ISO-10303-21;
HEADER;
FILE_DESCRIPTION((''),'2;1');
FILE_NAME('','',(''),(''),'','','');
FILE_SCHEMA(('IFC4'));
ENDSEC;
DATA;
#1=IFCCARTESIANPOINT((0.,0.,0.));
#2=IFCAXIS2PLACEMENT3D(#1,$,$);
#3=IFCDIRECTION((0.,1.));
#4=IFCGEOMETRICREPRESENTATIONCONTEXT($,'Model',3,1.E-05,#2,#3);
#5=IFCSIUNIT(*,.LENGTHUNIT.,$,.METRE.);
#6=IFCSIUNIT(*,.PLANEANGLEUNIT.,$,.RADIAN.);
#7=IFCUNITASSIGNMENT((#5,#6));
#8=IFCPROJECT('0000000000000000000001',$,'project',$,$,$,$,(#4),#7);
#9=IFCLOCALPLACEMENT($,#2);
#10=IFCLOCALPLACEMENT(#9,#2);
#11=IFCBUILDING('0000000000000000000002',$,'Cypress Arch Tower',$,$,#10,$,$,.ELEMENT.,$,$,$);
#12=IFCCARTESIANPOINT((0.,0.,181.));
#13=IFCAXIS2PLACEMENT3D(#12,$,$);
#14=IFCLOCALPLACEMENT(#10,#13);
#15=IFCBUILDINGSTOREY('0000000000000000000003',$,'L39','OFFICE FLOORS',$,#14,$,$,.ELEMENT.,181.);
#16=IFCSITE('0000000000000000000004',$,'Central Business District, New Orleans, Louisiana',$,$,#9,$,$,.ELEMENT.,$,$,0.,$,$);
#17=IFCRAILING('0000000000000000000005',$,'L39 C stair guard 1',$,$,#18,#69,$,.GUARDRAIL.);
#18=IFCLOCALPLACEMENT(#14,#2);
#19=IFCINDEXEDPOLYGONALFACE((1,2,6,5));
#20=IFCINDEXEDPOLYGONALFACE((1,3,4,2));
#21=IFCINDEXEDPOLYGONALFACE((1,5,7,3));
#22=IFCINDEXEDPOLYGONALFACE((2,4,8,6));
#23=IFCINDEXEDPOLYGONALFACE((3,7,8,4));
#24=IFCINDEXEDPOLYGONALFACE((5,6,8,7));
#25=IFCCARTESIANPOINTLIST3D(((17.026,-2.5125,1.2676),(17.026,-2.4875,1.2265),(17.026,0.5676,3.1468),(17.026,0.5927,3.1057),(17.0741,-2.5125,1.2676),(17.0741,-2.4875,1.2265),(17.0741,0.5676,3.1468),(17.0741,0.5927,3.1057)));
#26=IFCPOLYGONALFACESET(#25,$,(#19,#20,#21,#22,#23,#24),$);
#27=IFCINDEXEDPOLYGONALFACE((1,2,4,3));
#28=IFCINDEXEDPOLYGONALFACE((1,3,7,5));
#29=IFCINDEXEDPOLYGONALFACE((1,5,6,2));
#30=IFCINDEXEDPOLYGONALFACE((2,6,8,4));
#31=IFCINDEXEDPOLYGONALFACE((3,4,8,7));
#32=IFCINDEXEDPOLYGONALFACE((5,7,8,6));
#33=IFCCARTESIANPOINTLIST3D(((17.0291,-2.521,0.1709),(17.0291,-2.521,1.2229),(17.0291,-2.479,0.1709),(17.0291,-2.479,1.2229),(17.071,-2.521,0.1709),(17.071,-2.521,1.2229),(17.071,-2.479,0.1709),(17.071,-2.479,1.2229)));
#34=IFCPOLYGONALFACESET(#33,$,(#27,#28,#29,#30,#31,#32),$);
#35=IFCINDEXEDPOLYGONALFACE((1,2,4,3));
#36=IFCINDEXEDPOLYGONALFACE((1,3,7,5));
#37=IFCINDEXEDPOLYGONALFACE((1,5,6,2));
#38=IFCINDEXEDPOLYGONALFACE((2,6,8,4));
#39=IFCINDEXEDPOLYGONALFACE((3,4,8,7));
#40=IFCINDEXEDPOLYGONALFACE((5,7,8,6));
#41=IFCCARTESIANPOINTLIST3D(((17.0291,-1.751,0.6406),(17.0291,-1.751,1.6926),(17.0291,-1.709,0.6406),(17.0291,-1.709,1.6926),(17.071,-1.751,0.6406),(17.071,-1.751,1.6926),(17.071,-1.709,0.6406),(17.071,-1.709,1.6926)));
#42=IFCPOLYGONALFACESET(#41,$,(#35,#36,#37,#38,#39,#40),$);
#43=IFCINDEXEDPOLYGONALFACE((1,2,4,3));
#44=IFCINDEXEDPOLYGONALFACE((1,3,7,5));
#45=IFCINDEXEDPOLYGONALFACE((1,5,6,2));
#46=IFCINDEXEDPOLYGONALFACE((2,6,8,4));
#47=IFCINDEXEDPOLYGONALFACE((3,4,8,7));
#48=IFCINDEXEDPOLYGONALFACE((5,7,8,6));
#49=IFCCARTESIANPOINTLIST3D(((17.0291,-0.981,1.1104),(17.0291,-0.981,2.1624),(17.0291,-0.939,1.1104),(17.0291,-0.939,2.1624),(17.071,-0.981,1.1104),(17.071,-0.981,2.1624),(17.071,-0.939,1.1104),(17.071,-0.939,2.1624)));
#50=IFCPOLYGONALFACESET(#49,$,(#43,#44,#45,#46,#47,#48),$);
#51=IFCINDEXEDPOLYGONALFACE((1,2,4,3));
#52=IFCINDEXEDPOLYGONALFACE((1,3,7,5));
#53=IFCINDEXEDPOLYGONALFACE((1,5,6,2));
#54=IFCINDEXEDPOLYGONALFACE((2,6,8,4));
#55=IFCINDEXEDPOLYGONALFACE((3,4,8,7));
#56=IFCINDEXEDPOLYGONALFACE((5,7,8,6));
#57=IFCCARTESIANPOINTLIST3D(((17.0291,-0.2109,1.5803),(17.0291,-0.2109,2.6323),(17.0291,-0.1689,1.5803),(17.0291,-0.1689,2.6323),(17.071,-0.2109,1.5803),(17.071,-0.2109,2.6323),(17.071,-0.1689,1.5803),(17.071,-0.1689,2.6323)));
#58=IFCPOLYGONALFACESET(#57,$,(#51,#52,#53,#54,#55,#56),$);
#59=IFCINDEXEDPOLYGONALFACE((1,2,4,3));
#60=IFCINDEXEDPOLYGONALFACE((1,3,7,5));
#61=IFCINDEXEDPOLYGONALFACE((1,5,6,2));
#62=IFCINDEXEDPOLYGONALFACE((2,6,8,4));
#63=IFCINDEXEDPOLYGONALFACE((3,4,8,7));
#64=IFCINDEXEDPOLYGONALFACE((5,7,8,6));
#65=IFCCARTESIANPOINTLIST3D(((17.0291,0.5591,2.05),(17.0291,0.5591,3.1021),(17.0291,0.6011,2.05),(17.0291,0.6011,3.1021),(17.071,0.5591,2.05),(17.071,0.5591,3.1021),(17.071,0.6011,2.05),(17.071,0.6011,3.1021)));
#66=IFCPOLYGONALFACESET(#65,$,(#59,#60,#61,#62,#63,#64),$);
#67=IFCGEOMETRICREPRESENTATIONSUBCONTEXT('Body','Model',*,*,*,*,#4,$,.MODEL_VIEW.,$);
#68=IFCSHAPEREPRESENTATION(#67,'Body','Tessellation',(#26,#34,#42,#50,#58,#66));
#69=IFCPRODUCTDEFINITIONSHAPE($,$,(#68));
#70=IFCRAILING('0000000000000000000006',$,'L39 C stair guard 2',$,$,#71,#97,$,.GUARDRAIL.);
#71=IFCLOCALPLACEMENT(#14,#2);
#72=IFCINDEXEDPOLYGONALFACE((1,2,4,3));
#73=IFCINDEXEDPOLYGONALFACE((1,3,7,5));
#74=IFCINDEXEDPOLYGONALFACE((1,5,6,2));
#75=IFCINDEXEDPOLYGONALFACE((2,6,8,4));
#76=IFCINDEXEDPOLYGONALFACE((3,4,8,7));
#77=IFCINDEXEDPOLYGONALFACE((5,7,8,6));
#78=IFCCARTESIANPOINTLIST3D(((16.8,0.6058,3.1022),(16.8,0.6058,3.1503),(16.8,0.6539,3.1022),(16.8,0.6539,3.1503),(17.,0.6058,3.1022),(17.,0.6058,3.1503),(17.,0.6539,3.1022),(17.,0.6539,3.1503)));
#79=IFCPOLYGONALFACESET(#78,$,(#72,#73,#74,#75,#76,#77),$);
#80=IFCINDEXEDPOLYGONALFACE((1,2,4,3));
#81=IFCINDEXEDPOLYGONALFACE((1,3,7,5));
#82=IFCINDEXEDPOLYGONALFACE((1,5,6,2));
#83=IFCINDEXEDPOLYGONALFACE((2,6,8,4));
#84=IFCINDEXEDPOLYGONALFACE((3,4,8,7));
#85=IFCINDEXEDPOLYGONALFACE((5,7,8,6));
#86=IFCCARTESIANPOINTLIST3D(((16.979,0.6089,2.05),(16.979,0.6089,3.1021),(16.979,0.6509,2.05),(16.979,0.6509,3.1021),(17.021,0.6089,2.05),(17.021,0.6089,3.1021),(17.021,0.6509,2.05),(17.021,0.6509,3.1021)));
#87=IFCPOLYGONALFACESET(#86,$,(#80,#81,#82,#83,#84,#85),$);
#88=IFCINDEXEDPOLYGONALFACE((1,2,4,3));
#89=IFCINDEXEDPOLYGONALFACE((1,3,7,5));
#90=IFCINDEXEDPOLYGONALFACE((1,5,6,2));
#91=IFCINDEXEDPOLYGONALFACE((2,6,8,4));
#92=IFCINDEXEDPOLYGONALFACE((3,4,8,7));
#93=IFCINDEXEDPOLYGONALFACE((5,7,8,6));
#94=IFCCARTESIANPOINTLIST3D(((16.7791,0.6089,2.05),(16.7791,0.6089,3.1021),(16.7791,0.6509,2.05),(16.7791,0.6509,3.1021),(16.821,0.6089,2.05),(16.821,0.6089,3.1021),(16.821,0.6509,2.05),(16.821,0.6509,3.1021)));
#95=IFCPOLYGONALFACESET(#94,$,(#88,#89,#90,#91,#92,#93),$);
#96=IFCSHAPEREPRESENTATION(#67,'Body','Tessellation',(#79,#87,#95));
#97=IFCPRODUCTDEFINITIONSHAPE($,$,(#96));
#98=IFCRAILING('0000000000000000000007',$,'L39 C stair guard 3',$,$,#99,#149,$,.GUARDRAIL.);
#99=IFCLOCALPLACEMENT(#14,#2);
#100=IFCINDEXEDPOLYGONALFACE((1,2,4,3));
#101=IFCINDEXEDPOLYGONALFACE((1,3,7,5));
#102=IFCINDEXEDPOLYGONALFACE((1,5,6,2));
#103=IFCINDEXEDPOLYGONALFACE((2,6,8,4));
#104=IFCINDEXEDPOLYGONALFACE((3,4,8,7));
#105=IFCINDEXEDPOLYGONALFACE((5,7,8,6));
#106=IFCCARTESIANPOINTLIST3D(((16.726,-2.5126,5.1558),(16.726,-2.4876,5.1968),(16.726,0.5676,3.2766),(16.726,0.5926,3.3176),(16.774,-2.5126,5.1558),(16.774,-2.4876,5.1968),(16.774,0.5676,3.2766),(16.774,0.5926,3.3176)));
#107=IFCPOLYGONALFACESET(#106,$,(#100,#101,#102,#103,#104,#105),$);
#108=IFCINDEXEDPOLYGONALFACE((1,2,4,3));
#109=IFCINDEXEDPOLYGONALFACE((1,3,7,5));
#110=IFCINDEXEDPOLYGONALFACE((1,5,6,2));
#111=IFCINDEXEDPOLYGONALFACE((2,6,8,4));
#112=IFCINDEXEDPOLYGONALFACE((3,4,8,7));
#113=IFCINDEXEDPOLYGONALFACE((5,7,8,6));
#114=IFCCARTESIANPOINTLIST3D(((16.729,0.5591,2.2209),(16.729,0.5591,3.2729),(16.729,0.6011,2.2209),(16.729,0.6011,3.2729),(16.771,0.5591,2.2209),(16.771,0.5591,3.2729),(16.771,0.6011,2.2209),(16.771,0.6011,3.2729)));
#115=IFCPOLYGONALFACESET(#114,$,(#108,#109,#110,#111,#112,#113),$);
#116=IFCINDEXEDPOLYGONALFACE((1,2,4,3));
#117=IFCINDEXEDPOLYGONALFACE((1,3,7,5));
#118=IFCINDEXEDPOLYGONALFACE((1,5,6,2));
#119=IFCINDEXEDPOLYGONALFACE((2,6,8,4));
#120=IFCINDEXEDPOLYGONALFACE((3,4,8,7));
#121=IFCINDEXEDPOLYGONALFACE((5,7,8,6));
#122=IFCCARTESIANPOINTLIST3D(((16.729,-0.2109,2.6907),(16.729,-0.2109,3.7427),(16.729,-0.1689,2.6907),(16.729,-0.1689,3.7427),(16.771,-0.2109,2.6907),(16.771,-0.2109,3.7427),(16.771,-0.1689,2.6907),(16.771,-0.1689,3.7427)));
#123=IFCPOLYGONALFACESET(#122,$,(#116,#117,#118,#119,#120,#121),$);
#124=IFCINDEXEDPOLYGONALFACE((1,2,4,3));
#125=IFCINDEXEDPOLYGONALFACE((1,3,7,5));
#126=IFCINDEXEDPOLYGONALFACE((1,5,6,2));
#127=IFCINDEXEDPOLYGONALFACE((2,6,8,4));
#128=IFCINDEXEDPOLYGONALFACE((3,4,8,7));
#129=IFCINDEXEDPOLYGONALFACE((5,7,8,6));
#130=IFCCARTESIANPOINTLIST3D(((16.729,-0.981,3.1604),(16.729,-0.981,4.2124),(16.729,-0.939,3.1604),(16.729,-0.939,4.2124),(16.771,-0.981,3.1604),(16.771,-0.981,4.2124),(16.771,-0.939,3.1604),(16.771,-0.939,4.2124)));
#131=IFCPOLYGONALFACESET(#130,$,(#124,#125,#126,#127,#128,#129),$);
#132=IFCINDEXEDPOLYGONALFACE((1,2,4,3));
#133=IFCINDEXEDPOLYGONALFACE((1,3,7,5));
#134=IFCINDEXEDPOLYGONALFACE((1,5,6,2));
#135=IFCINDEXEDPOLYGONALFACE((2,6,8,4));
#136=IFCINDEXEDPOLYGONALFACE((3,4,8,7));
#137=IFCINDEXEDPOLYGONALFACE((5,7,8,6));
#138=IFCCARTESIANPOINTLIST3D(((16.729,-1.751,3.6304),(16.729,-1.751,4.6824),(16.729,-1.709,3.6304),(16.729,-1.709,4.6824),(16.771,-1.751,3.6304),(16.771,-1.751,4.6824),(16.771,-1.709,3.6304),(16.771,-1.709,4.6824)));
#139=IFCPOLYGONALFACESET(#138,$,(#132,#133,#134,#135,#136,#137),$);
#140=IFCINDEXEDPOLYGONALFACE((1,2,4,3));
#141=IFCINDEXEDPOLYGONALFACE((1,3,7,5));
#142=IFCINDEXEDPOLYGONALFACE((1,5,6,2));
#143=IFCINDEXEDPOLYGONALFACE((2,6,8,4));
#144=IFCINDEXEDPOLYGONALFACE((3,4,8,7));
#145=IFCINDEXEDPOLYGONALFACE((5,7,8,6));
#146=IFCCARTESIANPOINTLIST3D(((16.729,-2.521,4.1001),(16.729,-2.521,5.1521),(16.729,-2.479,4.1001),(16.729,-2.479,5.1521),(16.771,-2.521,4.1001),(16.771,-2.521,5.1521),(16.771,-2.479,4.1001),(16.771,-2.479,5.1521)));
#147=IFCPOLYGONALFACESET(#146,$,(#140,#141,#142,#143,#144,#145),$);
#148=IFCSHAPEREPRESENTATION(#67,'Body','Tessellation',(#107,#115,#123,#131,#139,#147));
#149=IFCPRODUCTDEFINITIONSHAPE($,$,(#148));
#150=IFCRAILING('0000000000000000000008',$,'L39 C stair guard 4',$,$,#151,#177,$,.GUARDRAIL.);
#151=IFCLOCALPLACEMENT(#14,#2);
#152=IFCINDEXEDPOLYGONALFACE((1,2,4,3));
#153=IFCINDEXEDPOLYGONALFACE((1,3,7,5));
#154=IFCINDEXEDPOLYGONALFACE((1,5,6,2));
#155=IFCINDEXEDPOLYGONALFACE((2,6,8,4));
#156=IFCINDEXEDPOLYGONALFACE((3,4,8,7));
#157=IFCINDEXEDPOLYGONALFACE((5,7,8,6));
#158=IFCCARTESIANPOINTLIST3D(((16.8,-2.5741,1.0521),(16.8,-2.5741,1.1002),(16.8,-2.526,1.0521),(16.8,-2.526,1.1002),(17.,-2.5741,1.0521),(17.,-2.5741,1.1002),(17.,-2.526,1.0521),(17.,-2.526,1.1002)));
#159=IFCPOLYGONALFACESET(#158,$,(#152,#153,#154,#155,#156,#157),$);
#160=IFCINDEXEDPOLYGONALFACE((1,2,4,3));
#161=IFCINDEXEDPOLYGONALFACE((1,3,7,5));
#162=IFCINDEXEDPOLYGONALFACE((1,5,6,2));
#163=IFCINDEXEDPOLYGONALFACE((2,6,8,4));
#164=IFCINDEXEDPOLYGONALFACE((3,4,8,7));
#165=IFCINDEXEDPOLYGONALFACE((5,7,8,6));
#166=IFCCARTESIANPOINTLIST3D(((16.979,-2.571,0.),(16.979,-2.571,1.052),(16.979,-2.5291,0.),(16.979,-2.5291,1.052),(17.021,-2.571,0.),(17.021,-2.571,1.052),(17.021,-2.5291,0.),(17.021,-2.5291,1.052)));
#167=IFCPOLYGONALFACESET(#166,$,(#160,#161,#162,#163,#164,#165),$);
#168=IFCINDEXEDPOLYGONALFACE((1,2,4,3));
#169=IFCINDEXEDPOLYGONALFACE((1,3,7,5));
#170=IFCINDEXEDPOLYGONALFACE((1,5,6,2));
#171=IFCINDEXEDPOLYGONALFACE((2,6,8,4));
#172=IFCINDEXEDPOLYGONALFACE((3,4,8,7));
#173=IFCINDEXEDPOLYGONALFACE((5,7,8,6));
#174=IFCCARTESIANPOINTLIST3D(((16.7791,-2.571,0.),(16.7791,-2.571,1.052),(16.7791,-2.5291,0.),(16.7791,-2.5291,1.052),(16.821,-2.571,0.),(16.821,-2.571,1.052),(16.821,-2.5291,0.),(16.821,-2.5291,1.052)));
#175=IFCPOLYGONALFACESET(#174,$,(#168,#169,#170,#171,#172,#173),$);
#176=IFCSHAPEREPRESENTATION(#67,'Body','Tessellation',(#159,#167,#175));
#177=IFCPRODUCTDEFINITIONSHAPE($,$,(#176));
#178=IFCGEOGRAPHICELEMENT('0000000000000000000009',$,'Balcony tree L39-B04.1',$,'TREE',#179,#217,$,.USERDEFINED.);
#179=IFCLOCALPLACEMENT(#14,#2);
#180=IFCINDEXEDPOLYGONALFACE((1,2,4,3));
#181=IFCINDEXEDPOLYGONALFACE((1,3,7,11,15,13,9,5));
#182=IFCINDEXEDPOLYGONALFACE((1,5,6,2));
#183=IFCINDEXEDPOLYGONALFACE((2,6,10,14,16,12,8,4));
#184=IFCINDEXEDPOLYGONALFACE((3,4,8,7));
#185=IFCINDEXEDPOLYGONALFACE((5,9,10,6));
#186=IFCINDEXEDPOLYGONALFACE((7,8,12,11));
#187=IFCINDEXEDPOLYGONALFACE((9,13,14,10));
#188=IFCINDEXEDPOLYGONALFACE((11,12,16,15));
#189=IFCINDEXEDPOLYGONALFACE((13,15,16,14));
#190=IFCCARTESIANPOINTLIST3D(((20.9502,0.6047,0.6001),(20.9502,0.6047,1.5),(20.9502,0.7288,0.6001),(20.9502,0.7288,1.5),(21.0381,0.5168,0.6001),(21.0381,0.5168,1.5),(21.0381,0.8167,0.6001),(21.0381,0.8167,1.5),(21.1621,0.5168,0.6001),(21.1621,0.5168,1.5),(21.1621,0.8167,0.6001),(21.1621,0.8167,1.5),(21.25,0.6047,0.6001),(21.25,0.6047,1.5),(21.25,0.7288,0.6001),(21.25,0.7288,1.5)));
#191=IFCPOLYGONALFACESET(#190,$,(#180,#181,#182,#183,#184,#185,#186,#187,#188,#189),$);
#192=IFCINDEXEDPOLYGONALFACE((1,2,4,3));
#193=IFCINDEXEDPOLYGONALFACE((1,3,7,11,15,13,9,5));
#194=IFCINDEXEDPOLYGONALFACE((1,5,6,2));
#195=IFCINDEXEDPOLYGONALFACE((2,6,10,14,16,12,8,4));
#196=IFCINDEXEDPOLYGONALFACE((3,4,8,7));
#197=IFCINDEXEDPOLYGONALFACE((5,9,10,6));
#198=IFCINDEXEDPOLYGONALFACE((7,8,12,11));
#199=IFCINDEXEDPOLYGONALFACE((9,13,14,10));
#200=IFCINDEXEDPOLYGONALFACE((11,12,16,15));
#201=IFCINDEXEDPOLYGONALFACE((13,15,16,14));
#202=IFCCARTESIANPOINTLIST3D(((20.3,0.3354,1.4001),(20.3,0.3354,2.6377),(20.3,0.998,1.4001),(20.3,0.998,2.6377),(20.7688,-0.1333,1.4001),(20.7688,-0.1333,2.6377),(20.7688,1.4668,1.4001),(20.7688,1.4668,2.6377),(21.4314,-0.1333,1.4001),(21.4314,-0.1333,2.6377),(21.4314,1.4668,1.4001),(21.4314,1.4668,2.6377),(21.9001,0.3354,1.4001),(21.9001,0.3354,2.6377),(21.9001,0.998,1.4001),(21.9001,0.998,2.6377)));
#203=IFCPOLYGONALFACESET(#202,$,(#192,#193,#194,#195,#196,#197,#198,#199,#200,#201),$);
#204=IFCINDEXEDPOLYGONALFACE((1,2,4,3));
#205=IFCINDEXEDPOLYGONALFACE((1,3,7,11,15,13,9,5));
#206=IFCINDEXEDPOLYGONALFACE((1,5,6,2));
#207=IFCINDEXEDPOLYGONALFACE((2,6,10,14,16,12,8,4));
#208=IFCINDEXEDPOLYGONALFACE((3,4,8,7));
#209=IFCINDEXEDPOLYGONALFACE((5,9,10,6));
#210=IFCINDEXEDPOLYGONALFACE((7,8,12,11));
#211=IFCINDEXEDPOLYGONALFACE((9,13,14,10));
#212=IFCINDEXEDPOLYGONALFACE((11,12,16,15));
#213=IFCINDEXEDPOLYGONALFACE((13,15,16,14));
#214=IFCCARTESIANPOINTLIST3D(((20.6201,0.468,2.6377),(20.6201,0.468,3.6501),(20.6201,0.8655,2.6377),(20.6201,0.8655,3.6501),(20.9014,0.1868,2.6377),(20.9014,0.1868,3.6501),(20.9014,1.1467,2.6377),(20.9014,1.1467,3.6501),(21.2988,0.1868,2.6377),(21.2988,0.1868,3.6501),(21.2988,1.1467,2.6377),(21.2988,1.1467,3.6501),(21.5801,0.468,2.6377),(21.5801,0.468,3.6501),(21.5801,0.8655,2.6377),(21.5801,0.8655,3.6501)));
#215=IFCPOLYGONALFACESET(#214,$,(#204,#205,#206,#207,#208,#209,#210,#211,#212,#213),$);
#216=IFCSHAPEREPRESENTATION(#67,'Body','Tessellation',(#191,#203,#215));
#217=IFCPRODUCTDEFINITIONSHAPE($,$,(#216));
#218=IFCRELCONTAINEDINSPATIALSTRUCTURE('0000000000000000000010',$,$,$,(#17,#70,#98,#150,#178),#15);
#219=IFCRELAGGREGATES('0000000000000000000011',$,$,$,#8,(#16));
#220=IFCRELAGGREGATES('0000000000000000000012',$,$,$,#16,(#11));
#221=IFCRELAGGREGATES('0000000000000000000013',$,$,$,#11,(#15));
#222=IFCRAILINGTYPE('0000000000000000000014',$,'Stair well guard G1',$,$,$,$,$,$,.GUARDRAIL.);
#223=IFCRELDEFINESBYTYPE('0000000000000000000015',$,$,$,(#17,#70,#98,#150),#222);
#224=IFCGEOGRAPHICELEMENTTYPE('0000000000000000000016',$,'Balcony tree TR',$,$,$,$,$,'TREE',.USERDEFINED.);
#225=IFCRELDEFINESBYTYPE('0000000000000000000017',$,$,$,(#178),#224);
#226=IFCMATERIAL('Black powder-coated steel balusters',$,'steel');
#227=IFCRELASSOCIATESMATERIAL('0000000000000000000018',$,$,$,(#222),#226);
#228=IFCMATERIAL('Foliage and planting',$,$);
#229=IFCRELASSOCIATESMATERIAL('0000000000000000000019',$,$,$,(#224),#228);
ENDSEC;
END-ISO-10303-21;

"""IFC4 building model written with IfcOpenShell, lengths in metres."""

from ifc_helpers import new_model, si_unit, direction, frame, origin, origin_2d, place, context, subcontext, project, spatial, polyline, rectangle, outline, extrude, material, type_object, element, save


model = new_model("IFC4")

# Units and contexts
model_context = context("Model", 3, precision=1e-05, world=origin(), true_north=direction((0.0, 1.0)))
body_context = subcontext(model_context, "Body", "Model", "MODEL_VIEW")
ifc_project = project(units=[si_unit("LENGTHUNIT", "METRE"), si_unit("PLANEANGLEUNIT", "RADIAN")], contexts=[model_context])

# Site, building, storey
site_placement = place(None, origin())
site = spatial("IfcSite", under=ifc_project, at=site_placement, Name="Central Business District, New Orleans, Louisiana", CompositionType="ELEMENT", RefElevation=0.0)
building_placement = place(site_placement, origin())
building = spatial("IfcBuilding", under=site, at=building_placement, Name="Cypress Arch Tower", CompositionType="ELEMENT")
storey_placement = place(building_placement, frame((0.0, 0.0, 181.0)))
storey = spatial("IfcBuildingStorey", under=building, at=storey_placement, Name="L39", Description="OFFICE FLOORS", CompositionType="ELEMENT", Elevation=181.0)

# Railings
ifc_material_1 = material(Name="Black powder-coated steel balusters", Category="steel")
railing_type_1 = type_object("IfcRailingType", Name="Stair well guard G1", PredefinedType="GUARDRAIL", material=ifc_material_1)
railing_1_placement = place(storey_placement, frame((17.05, -2.5, 0.1709)))
element("IfcRailing", 1, at=railing_1_placement, inside=storey, type_object=railing_type_1, Name="L39 C stair guard 1", PredefinedType="GUARDRAIL", context=body_context, shape_type="SweptSolid", body=[
    extrude(rectangle(XDim=0.0481, YDim=0.0481, at=origin_2d()), frame((0.0, 0.0, 1.0762), z_axis=(0.0, 0.853666, 0.52082), x_axis=(-1.0, 0.0, 0.0)), (0.0, 0.0, 1.0), 3.6082),
    extrude(rectangle(XDim=0.042, YDim=0.042, at=origin_2d()), origin(), (0.0, 0.0, 1.0), 1.052),
    extrude(rectangle(XDim=0.042, YDim=0.042, at=origin_2d()), frame((0.0, 0.77, 0.4697)), (0.0, 0.0, 1.0), 1.052),
    extrude(rectangle(XDim=0.042, YDim=0.042, at=origin_2d()), frame((0.0, 1.54, 0.9395)), (0.0, 0.0, 1.0), 1.052),
    extrude(rectangle(XDim=0.042, YDim=0.042, at=origin_2d()), frame((0.0, 2.3101, 1.4094)), (0.0, 0.0, 1.0), 1.052),
    extrude(rectangle(XDim=0.042, YDim=0.042, at=origin_2d()), frame((0.0, 3.0801, 1.8792)), (0.0, 0.0, 1.0), 1.052),
])
railing_2_placement = place(storey_placement, frame((17.0, 0.6299, 2.05)))
element("IfcRailing", 2, at=railing_2_placement, inside=storey, type_object=railing_type_1, Name="L39 C stair guard 2", PredefinedType="GUARDRAIL", context=body_context, shape_type="SweptSolid", body=[
    extrude(rectangle(XDim=0.0481, YDim=0.0481, at=origin_2d()), frame((0.0, 0.0, 1.0762), z_axis=(-1.0, 0.0, 0.0), x_axis=(0.0, -1.0, 0.0)), (0.0, 0.0, 1.0), 0.2),
    extrude(rectangle(XDim=0.042, YDim=0.042, at=origin_2d()), origin(), (0.0, 0.0, 1.0), 1.052),
    extrude(rectangle(XDim=0.042, YDim=0.042, at=origin_2d()), frame((-0.2, 0.0, 0.0)), (0.0, 0.0, 1.0), 1.052),
])
railing_3_placement = place(storey_placement, frame((16.75, 0.5801, 2.2209)))
element("IfcRailing", 3, at=railing_3_placement, inside=storey, type_object=railing_type_1, Name="L39 C stair guard 3", PredefinedType="GUARDRAIL", context=body_context, shape_type="SweptSolid", body=[
    extrude(rectangle(XDim=0.0481, YDim=0.0481, at=origin_2d()), frame((0.0, 0.0, 1.0762), z_axis=(0.0, -0.853666, 0.52082), x_axis=(1.0, 0.0, 0.0)), (0.0, 0.0, 1.0), 3.6082),
    extrude(rectangle(XDim=0.042, YDim=0.042, at=origin_2d()), origin(), (0.0, 0.0, 1.0), 1.052),
    extrude(rectangle(XDim=0.042, YDim=0.042, at=origin_2d()), frame((0.0, -0.77, 0.4697)), (0.0, 0.0, 1.0), 1.052),
    extrude(rectangle(XDim=0.042, YDim=0.042, at=origin_2d()), frame((0.0, -1.54, 0.9395)), (0.0, 0.0, 1.0), 1.052),
    extrude(rectangle(XDim=0.042, YDim=0.042, at=origin_2d()), frame((0.0, -2.3101, 1.4094)), (0.0, 0.0, 1.0), 1.052),
    extrude(rectangle(XDim=0.042, YDim=0.042, at=origin_2d()), frame((0.0, -3.0801, 1.8792)), (0.0, 0.0, 1.0), 1.052),
])
railing_4_placement = place(storey_placement, frame((17.0, -2.55, 0.0)))
element("IfcRailing", 4, at=railing_4_placement, inside=storey, type_object=railing_type_1, Name="L39 C stair guard 4", PredefinedType="GUARDRAIL", context=body_context, shape_type="SweptSolid", body=[
    extrude(rectangle(XDim=0.0481, YDim=0.0481, at=origin_2d()), frame((0.0, 0.0, 1.0762), z_axis=(-1.0, 0.0, 0.0), x_axis=(0.0, -1.0, 0.0)), (0.0, 0.0, 1.0), 0.2),
    extrude(rectangle(XDim=0.042, YDim=0.042, at=origin_2d()), origin(), (0.0, 0.0, 1.0), 1.052),
    extrude(rectangle(XDim=0.042, YDim=0.042, at=origin_2d()), frame((-0.2, 0.0, 0.0)), (0.0, 0.0, 1.0), 1.052),
])

# Geographic element
ifc_material_2 = material(Name="Foliage and planting")
geographic_element_type = type_object("IfcGeographicElementType", Name="Balcony tree TR", ElementType="TREE", PredefinedType="USERDEFINED", material=ifc_material_2)
geographic_element_placement = place(storey_placement, frame((21.1001, 0.6667, 0.6001), z_axis=(0.0, 0.0, 1.0), x_axis=(1.0, 0.0, 0.0)))
element("IfcGeographicElement", 5, at=geographic_element_placement, inside=storey, type_object=geographic_element_type, Name="Balcony tree L39-B04.1", ObjectType="TREE", PredefinedType="USERDEFINED", context=body_context, shape_type="SweptSolid", body=[
    extrude(outline(polyline([(0.1499, 0.062), (0.062, 0.1499), (-0.062, 0.1499), (-0.1499, 0.062), (-0.1499, -0.062), (-0.062, -0.1499), (0.062, -0.1499), (0.1499, -0.062), (0.1499, 0.062)])), origin(), (0.0, 0.0, 1.0), 0.8999),
    extrude(outline(polyline([(0.8, 0.3313), (0.3313, 0.8), (-0.3313, 0.8), (-0.8, 0.3313), (-0.8, -0.3313), (-0.3313, -0.8), (0.3313, -0.8), (0.8, -0.3313), (0.8, 0.3313)])), frame((0.0, 0.0, 0.8)), (0.0, 0.0, 1.0), 1.2375),
    extrude(outline(polyline([(0.48, 0.1987), (0.1987, 0.48), (-0.1987, 0.48), (-0.48, 0.1987), (-0.48, -0.1987), (-0.1987, -0.48), (0.1987, -0.48), (0.48, -0.1987), (0.48, 0.1987)])), frame((0.0, 0.0, 2.0376)), (0.0, 0.0, 1.0), 1.0125),
])

save(model, "model.ifc")
